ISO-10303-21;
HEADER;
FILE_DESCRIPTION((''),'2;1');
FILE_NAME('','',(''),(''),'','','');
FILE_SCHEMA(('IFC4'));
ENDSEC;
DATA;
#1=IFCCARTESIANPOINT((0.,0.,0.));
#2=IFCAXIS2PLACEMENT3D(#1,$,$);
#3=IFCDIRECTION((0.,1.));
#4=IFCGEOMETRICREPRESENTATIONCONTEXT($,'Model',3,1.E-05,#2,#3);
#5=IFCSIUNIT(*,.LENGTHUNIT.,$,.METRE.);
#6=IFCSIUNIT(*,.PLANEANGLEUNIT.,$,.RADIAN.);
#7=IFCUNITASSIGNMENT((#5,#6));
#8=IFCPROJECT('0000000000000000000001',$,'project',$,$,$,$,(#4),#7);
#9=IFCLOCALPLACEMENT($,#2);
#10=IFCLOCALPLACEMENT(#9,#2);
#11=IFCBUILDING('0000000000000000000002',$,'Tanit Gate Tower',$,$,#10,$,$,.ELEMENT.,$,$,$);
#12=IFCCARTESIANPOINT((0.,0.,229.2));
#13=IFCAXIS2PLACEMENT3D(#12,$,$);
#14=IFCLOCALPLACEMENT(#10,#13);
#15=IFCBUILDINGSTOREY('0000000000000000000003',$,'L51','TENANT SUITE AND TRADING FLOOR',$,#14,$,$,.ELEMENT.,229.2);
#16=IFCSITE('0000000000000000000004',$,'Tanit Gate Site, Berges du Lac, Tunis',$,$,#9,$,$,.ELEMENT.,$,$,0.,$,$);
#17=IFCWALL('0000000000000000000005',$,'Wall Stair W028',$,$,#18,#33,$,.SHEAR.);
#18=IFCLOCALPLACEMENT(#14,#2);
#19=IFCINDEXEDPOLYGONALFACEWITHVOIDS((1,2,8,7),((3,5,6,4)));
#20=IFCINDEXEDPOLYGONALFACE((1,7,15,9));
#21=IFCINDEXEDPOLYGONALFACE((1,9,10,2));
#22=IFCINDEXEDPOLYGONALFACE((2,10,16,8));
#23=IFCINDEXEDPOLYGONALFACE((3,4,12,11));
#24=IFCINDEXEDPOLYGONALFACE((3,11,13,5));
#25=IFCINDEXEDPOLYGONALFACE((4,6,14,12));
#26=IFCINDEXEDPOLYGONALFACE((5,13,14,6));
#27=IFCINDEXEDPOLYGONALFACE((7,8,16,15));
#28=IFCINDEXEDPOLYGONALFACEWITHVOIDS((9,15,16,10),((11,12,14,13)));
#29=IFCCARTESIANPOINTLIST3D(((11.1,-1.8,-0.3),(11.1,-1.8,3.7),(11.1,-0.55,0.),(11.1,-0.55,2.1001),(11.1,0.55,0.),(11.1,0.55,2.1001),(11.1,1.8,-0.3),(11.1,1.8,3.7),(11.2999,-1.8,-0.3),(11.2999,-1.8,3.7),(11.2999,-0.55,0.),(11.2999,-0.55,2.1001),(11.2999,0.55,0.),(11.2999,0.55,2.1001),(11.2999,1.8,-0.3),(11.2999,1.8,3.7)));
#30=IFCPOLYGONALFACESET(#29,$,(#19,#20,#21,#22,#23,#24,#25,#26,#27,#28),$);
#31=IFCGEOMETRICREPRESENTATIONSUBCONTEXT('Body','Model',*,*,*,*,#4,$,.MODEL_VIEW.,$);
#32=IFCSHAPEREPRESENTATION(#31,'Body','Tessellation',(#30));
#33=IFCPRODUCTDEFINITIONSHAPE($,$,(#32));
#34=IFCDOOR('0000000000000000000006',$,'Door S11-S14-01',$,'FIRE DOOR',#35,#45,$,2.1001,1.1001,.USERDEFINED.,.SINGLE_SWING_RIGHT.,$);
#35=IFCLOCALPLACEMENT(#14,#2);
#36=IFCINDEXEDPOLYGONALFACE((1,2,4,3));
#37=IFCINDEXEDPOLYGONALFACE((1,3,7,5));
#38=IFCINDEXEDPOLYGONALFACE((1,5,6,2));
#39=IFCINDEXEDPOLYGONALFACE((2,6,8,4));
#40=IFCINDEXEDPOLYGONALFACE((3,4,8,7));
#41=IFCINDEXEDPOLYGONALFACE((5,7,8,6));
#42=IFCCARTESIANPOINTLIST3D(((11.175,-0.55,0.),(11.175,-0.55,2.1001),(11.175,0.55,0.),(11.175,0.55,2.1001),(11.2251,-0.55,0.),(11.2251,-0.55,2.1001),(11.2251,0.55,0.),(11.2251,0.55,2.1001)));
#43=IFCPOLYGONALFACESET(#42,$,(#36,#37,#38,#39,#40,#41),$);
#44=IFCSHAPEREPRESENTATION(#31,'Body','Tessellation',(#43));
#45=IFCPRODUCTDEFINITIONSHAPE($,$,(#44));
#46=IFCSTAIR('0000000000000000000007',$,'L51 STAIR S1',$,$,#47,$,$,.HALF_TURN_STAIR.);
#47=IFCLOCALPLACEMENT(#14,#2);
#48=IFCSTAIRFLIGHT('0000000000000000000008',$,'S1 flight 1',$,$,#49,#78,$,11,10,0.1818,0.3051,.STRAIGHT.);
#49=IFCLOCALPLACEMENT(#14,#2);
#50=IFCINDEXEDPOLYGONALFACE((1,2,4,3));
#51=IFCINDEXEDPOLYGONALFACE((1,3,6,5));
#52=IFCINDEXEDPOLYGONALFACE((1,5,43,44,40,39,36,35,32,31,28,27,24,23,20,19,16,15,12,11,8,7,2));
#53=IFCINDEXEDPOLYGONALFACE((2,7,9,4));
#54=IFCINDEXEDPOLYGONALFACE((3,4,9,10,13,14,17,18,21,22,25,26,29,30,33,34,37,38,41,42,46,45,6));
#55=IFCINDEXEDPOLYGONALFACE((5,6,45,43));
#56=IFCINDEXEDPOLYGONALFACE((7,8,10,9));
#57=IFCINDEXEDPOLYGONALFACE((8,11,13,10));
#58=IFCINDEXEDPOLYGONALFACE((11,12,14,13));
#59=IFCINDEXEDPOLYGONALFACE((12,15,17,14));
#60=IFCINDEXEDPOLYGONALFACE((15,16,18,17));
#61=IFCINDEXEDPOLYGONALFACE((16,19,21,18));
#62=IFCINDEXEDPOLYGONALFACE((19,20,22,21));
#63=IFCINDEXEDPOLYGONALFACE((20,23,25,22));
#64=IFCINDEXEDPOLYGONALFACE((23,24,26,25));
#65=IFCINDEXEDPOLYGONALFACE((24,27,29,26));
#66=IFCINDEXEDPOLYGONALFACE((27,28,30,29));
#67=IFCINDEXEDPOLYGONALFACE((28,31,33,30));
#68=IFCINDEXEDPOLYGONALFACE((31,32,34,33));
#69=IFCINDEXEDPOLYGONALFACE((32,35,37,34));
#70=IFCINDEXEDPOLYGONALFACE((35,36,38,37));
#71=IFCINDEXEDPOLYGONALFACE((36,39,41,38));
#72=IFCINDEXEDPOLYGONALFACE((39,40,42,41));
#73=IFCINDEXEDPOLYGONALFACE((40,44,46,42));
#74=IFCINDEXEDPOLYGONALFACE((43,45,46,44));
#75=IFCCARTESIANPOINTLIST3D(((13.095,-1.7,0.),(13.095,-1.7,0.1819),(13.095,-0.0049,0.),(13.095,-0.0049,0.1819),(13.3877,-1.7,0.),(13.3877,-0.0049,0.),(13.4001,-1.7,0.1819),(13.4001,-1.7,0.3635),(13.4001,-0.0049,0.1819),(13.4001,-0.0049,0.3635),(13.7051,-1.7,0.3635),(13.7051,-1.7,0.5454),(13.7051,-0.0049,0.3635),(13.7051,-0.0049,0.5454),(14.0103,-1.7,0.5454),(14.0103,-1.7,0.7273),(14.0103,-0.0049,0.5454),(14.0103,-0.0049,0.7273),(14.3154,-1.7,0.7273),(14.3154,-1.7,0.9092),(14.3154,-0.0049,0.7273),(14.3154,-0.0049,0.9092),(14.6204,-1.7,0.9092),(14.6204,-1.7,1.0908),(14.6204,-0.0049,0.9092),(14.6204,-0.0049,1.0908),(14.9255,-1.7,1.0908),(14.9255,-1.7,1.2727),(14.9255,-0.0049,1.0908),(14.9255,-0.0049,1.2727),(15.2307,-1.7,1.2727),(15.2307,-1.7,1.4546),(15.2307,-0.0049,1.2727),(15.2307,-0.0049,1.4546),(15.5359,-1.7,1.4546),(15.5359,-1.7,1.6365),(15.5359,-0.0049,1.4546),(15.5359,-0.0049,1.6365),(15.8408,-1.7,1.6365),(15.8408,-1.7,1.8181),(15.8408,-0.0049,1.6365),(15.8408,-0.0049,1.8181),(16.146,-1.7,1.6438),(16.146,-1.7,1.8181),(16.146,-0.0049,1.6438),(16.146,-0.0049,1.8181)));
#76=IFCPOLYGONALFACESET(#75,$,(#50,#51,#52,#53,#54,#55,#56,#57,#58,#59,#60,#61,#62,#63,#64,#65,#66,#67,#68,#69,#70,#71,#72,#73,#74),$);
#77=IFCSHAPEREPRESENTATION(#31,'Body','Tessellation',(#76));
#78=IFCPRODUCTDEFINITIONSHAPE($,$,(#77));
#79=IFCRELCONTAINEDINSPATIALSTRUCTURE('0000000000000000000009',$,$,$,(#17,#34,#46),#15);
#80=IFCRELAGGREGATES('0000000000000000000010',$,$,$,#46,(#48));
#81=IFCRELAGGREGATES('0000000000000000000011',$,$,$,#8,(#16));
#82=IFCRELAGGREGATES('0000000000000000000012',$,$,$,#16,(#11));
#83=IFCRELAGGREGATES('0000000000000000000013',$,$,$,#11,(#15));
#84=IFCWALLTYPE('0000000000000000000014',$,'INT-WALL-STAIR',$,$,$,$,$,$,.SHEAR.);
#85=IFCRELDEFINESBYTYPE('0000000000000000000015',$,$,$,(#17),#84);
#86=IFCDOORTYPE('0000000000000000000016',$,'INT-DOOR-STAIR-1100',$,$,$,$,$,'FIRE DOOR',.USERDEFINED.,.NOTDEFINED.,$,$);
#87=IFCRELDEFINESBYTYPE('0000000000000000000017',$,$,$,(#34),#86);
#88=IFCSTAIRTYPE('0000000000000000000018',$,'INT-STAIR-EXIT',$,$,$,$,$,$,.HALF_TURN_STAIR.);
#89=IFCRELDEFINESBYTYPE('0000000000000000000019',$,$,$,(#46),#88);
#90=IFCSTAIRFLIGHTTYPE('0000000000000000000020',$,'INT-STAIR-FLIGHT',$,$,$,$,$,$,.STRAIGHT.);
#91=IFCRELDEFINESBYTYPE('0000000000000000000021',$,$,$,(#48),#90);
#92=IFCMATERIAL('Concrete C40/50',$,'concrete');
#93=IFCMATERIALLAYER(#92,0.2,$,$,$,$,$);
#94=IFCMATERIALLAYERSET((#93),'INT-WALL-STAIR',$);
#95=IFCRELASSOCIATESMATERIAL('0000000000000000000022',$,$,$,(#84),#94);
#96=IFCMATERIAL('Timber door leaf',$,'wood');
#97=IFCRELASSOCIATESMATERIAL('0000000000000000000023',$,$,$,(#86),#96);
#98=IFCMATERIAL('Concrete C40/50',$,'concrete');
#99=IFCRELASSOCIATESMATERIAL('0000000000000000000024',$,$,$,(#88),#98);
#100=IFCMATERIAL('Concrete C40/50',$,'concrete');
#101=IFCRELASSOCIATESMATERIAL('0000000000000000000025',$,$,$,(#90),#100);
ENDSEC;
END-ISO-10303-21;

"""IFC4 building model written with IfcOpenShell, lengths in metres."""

from ifc_helpers import new_model, si_unit, direction, frame, frame_2d, origin, place, context, subcontext, project, spatial, polyline, rectangle, outline, extrude, material, layer, layer_set, type_object, element, fill, aggregate, save


model = new_model("IFC4")

# Units and contexts
model_context = context("Model", 3, precision=1e-05, world=origin(), true_north=direction((0.0, 1.0)))
body_context = subcontext(model_context, "Body", "Model", "MODEL_VIEW")
ifc_project = project(units=[si_unit("LENGTHUNIT", "METRE"), si_unit("PLANEANGLEUNIT", "RADIAN")], contexts=[model_context])

# Site, building, storey
site_placement = place(None, origin())
site = spatial("IfcSite", under=ifc_project, at=site_placement, Name="Tanit Gate Site, Berges du Lac, Tunis", CompositionType="ELEMENT", RefElevation=0.0)
building_placement = place(site_placement, origin())
building = spatial("IfcBuilding", under=site, at=building_placement, Name="Tanit Gate Tower", CompositionType="ELEMENT")
storey_placement = place(building_placement, frame((0.0, 0.0, 229.2)))
storey = spatial("IfcBuildingStorey", under=building, at=storey_placement, Name="L51", Description="TENANT SUITE AND TRADING FLOOR", CompositionType="ELEMENT", Elevation=229.2)

# Shared definitions
ifc_material_1 = material(Name="Concrete C40/50", Category="concrete")
ifc_layer_1 = layer(ifc_material_1, 0.2)
ifc_layer_set_1 = layer_set([ifc_layer_1], Name="INT-WALL-STAIR")
wall_type_1 = type_object("IfcWallType", Name="INT-WALL-STAIR", PredefinedType="SHEAR", material=ifc_layer_set_1)

# Wall, opening, door
wall_1_placement = place(storey_placement, frame((11.2, -1.8, -0.3), z_axis=(0.0, 0.0, 1.0), x_axis=(0.0, 1.0, 0.0)))
wall_1 = element("IfcWall", 1, at=wall_1_placement, inside=storey, type_object=wall_type_1, Name="Wall Stair W028", PredefinedType="SHEAR", context=body_context, shape_type="SweptSolid", body=[
    extrude(rectangle(XDim=3.6001, YDim=0.2, at=frame_2d((1.8, 0.0))), origin(), (0.0, 0.0, 1.0), 4.0),
])
opening_1_placement = place(wall_1_placement, frame((1.25, 0.0, 0.3)))
opening_1 = element("IfcOpeningElement", 2, at=opening_1_placement, cuts=wall_1, PredefinedType="OPENING", context=body_context, shape_type="SweptSolid", body=[
    extrude(rectangle(XDim=1.1001, YDim=2.1001, at=frame_2d((0.55, 1.05))), frame((0.0, 0.1099, 0.0), z_axis=(0.0, -1.0, 0.0), x_axis=(1.0, 0.0, 0.0)), (0.0, 0.0, 1.0), 0.22),
])
ifc_material_2 = material(Name="Timber door leaf", Category="wood")
door_type_1 = type_object("IfcDoorType", Name="INT-DOOR-STAIR-1100", ElementType="FIRE DOOR", OperationType="NOTDEFINED", PredefinedType="USERDEFINED", material=ifc_material_2)
door_1_placement = place(opening_1_placement, origin())
door_1 = element("IfcDoor", 3, at=door_1_placement, inside=storey, type_object=door_type_1, Name="Door S11-S14-01", ObjectType="FIRE DOOR", OperationType="SINGLE_SWING_RIGHT", OverallHeight=2.1001, OverallWidth=1.1001, PredefinedType="USERDEFINED", context=body_context, shape_type="SweptSolid", body=[
    extrude(rectangle(XDim=1.1001, YDim=2.1001, at=frame_2d((0.55, 1.05))), frame((0.0, 0.0249, 0.0), z_axis=(0.0, -1.0, 0.0), x_axis=(1.0, 0.0, 0.0)), (0.0, 0.0, 1.0), 0.05),
])
fill(opening_1, door_1)

# Stair, stair flight
ifc_material_3 = material(Name="Concrete C40/50", Category="concrete")
stair_type = type_object("IfcStairType", Name="INT-STAIR-EXIT", PredefinedType="HALF_TURN_STAIR", material=ifc_material_3)
stair_placement = place(storey_placement, origin())
stair = element("IfcStair", 4, at=stair_placement, inside=storey, type_object=stair_type, Name="L51 STAIR S1", PredefinedType="HALF_TURN_STAIR")
ifc_material_4 = material(Name="Concrete C40/50", Category="concrete")
stair_flight_type = type_object("IfcStairFlightType", Name="INT-STAIR-FLIGHT", PredefinedType="STRAIGHT", material=ifc_material_4)
stair_flight_placement = place(storey_placement, frame((13.095, -0.8525, 0.0), z_axis=(0.0, 0.0, 1.0), x_axis=(1.0, 0.0, 0.0)))
stair_flight = element("IfcStairFlight", 5, at=stair_flight_placement, type_object=stair_flight_type, Name="S1 flight 1", NumberOfRisers=11, NumberOfTreads=10, PredefinedType="STRAIGHT", RiserHeight=0.1818, TreadLength=0.3051, context=body_context, shape_type="SweptSolid", body=[
    extrude(outline(polyline([(0.0, 0.0), (0.0, 0.1819), (0.3052, 0.1819), (0.3052, 0.3635), (0.6101, 0.3635), (0.6101, 0.5454), (0.9153, 0.5454), (0.9153, 0.7273), (1.2205, 0.7273), (1.2205, 0.9092), (1.5254, 0.9092), (1.5254, 1.0908), (1.8306, 1.0908), (1.8306, 1.2727), (2.1357, 1.2727), (2.1357, 1.4546), (2.4409, 1.4546), (2.4409, 1.6365), (2.7458, 1.6365), (2.7458, 1.8181), (3.051, 1.8181), (3.051, 2.0), (3.051, 1.6438), (0.2927, 0.0), (0.0, 0.0)])), frame((0.0, 0.8477, 0.0), z_axis=(0.0, -1.0, 0.0), x_axis=(1.0, 0.0, 0.0)), (0.0, 0.0, 1.0), 1.6951),
])
aggregate(stair, [stair_flight])

save(model, "model.ifc")
